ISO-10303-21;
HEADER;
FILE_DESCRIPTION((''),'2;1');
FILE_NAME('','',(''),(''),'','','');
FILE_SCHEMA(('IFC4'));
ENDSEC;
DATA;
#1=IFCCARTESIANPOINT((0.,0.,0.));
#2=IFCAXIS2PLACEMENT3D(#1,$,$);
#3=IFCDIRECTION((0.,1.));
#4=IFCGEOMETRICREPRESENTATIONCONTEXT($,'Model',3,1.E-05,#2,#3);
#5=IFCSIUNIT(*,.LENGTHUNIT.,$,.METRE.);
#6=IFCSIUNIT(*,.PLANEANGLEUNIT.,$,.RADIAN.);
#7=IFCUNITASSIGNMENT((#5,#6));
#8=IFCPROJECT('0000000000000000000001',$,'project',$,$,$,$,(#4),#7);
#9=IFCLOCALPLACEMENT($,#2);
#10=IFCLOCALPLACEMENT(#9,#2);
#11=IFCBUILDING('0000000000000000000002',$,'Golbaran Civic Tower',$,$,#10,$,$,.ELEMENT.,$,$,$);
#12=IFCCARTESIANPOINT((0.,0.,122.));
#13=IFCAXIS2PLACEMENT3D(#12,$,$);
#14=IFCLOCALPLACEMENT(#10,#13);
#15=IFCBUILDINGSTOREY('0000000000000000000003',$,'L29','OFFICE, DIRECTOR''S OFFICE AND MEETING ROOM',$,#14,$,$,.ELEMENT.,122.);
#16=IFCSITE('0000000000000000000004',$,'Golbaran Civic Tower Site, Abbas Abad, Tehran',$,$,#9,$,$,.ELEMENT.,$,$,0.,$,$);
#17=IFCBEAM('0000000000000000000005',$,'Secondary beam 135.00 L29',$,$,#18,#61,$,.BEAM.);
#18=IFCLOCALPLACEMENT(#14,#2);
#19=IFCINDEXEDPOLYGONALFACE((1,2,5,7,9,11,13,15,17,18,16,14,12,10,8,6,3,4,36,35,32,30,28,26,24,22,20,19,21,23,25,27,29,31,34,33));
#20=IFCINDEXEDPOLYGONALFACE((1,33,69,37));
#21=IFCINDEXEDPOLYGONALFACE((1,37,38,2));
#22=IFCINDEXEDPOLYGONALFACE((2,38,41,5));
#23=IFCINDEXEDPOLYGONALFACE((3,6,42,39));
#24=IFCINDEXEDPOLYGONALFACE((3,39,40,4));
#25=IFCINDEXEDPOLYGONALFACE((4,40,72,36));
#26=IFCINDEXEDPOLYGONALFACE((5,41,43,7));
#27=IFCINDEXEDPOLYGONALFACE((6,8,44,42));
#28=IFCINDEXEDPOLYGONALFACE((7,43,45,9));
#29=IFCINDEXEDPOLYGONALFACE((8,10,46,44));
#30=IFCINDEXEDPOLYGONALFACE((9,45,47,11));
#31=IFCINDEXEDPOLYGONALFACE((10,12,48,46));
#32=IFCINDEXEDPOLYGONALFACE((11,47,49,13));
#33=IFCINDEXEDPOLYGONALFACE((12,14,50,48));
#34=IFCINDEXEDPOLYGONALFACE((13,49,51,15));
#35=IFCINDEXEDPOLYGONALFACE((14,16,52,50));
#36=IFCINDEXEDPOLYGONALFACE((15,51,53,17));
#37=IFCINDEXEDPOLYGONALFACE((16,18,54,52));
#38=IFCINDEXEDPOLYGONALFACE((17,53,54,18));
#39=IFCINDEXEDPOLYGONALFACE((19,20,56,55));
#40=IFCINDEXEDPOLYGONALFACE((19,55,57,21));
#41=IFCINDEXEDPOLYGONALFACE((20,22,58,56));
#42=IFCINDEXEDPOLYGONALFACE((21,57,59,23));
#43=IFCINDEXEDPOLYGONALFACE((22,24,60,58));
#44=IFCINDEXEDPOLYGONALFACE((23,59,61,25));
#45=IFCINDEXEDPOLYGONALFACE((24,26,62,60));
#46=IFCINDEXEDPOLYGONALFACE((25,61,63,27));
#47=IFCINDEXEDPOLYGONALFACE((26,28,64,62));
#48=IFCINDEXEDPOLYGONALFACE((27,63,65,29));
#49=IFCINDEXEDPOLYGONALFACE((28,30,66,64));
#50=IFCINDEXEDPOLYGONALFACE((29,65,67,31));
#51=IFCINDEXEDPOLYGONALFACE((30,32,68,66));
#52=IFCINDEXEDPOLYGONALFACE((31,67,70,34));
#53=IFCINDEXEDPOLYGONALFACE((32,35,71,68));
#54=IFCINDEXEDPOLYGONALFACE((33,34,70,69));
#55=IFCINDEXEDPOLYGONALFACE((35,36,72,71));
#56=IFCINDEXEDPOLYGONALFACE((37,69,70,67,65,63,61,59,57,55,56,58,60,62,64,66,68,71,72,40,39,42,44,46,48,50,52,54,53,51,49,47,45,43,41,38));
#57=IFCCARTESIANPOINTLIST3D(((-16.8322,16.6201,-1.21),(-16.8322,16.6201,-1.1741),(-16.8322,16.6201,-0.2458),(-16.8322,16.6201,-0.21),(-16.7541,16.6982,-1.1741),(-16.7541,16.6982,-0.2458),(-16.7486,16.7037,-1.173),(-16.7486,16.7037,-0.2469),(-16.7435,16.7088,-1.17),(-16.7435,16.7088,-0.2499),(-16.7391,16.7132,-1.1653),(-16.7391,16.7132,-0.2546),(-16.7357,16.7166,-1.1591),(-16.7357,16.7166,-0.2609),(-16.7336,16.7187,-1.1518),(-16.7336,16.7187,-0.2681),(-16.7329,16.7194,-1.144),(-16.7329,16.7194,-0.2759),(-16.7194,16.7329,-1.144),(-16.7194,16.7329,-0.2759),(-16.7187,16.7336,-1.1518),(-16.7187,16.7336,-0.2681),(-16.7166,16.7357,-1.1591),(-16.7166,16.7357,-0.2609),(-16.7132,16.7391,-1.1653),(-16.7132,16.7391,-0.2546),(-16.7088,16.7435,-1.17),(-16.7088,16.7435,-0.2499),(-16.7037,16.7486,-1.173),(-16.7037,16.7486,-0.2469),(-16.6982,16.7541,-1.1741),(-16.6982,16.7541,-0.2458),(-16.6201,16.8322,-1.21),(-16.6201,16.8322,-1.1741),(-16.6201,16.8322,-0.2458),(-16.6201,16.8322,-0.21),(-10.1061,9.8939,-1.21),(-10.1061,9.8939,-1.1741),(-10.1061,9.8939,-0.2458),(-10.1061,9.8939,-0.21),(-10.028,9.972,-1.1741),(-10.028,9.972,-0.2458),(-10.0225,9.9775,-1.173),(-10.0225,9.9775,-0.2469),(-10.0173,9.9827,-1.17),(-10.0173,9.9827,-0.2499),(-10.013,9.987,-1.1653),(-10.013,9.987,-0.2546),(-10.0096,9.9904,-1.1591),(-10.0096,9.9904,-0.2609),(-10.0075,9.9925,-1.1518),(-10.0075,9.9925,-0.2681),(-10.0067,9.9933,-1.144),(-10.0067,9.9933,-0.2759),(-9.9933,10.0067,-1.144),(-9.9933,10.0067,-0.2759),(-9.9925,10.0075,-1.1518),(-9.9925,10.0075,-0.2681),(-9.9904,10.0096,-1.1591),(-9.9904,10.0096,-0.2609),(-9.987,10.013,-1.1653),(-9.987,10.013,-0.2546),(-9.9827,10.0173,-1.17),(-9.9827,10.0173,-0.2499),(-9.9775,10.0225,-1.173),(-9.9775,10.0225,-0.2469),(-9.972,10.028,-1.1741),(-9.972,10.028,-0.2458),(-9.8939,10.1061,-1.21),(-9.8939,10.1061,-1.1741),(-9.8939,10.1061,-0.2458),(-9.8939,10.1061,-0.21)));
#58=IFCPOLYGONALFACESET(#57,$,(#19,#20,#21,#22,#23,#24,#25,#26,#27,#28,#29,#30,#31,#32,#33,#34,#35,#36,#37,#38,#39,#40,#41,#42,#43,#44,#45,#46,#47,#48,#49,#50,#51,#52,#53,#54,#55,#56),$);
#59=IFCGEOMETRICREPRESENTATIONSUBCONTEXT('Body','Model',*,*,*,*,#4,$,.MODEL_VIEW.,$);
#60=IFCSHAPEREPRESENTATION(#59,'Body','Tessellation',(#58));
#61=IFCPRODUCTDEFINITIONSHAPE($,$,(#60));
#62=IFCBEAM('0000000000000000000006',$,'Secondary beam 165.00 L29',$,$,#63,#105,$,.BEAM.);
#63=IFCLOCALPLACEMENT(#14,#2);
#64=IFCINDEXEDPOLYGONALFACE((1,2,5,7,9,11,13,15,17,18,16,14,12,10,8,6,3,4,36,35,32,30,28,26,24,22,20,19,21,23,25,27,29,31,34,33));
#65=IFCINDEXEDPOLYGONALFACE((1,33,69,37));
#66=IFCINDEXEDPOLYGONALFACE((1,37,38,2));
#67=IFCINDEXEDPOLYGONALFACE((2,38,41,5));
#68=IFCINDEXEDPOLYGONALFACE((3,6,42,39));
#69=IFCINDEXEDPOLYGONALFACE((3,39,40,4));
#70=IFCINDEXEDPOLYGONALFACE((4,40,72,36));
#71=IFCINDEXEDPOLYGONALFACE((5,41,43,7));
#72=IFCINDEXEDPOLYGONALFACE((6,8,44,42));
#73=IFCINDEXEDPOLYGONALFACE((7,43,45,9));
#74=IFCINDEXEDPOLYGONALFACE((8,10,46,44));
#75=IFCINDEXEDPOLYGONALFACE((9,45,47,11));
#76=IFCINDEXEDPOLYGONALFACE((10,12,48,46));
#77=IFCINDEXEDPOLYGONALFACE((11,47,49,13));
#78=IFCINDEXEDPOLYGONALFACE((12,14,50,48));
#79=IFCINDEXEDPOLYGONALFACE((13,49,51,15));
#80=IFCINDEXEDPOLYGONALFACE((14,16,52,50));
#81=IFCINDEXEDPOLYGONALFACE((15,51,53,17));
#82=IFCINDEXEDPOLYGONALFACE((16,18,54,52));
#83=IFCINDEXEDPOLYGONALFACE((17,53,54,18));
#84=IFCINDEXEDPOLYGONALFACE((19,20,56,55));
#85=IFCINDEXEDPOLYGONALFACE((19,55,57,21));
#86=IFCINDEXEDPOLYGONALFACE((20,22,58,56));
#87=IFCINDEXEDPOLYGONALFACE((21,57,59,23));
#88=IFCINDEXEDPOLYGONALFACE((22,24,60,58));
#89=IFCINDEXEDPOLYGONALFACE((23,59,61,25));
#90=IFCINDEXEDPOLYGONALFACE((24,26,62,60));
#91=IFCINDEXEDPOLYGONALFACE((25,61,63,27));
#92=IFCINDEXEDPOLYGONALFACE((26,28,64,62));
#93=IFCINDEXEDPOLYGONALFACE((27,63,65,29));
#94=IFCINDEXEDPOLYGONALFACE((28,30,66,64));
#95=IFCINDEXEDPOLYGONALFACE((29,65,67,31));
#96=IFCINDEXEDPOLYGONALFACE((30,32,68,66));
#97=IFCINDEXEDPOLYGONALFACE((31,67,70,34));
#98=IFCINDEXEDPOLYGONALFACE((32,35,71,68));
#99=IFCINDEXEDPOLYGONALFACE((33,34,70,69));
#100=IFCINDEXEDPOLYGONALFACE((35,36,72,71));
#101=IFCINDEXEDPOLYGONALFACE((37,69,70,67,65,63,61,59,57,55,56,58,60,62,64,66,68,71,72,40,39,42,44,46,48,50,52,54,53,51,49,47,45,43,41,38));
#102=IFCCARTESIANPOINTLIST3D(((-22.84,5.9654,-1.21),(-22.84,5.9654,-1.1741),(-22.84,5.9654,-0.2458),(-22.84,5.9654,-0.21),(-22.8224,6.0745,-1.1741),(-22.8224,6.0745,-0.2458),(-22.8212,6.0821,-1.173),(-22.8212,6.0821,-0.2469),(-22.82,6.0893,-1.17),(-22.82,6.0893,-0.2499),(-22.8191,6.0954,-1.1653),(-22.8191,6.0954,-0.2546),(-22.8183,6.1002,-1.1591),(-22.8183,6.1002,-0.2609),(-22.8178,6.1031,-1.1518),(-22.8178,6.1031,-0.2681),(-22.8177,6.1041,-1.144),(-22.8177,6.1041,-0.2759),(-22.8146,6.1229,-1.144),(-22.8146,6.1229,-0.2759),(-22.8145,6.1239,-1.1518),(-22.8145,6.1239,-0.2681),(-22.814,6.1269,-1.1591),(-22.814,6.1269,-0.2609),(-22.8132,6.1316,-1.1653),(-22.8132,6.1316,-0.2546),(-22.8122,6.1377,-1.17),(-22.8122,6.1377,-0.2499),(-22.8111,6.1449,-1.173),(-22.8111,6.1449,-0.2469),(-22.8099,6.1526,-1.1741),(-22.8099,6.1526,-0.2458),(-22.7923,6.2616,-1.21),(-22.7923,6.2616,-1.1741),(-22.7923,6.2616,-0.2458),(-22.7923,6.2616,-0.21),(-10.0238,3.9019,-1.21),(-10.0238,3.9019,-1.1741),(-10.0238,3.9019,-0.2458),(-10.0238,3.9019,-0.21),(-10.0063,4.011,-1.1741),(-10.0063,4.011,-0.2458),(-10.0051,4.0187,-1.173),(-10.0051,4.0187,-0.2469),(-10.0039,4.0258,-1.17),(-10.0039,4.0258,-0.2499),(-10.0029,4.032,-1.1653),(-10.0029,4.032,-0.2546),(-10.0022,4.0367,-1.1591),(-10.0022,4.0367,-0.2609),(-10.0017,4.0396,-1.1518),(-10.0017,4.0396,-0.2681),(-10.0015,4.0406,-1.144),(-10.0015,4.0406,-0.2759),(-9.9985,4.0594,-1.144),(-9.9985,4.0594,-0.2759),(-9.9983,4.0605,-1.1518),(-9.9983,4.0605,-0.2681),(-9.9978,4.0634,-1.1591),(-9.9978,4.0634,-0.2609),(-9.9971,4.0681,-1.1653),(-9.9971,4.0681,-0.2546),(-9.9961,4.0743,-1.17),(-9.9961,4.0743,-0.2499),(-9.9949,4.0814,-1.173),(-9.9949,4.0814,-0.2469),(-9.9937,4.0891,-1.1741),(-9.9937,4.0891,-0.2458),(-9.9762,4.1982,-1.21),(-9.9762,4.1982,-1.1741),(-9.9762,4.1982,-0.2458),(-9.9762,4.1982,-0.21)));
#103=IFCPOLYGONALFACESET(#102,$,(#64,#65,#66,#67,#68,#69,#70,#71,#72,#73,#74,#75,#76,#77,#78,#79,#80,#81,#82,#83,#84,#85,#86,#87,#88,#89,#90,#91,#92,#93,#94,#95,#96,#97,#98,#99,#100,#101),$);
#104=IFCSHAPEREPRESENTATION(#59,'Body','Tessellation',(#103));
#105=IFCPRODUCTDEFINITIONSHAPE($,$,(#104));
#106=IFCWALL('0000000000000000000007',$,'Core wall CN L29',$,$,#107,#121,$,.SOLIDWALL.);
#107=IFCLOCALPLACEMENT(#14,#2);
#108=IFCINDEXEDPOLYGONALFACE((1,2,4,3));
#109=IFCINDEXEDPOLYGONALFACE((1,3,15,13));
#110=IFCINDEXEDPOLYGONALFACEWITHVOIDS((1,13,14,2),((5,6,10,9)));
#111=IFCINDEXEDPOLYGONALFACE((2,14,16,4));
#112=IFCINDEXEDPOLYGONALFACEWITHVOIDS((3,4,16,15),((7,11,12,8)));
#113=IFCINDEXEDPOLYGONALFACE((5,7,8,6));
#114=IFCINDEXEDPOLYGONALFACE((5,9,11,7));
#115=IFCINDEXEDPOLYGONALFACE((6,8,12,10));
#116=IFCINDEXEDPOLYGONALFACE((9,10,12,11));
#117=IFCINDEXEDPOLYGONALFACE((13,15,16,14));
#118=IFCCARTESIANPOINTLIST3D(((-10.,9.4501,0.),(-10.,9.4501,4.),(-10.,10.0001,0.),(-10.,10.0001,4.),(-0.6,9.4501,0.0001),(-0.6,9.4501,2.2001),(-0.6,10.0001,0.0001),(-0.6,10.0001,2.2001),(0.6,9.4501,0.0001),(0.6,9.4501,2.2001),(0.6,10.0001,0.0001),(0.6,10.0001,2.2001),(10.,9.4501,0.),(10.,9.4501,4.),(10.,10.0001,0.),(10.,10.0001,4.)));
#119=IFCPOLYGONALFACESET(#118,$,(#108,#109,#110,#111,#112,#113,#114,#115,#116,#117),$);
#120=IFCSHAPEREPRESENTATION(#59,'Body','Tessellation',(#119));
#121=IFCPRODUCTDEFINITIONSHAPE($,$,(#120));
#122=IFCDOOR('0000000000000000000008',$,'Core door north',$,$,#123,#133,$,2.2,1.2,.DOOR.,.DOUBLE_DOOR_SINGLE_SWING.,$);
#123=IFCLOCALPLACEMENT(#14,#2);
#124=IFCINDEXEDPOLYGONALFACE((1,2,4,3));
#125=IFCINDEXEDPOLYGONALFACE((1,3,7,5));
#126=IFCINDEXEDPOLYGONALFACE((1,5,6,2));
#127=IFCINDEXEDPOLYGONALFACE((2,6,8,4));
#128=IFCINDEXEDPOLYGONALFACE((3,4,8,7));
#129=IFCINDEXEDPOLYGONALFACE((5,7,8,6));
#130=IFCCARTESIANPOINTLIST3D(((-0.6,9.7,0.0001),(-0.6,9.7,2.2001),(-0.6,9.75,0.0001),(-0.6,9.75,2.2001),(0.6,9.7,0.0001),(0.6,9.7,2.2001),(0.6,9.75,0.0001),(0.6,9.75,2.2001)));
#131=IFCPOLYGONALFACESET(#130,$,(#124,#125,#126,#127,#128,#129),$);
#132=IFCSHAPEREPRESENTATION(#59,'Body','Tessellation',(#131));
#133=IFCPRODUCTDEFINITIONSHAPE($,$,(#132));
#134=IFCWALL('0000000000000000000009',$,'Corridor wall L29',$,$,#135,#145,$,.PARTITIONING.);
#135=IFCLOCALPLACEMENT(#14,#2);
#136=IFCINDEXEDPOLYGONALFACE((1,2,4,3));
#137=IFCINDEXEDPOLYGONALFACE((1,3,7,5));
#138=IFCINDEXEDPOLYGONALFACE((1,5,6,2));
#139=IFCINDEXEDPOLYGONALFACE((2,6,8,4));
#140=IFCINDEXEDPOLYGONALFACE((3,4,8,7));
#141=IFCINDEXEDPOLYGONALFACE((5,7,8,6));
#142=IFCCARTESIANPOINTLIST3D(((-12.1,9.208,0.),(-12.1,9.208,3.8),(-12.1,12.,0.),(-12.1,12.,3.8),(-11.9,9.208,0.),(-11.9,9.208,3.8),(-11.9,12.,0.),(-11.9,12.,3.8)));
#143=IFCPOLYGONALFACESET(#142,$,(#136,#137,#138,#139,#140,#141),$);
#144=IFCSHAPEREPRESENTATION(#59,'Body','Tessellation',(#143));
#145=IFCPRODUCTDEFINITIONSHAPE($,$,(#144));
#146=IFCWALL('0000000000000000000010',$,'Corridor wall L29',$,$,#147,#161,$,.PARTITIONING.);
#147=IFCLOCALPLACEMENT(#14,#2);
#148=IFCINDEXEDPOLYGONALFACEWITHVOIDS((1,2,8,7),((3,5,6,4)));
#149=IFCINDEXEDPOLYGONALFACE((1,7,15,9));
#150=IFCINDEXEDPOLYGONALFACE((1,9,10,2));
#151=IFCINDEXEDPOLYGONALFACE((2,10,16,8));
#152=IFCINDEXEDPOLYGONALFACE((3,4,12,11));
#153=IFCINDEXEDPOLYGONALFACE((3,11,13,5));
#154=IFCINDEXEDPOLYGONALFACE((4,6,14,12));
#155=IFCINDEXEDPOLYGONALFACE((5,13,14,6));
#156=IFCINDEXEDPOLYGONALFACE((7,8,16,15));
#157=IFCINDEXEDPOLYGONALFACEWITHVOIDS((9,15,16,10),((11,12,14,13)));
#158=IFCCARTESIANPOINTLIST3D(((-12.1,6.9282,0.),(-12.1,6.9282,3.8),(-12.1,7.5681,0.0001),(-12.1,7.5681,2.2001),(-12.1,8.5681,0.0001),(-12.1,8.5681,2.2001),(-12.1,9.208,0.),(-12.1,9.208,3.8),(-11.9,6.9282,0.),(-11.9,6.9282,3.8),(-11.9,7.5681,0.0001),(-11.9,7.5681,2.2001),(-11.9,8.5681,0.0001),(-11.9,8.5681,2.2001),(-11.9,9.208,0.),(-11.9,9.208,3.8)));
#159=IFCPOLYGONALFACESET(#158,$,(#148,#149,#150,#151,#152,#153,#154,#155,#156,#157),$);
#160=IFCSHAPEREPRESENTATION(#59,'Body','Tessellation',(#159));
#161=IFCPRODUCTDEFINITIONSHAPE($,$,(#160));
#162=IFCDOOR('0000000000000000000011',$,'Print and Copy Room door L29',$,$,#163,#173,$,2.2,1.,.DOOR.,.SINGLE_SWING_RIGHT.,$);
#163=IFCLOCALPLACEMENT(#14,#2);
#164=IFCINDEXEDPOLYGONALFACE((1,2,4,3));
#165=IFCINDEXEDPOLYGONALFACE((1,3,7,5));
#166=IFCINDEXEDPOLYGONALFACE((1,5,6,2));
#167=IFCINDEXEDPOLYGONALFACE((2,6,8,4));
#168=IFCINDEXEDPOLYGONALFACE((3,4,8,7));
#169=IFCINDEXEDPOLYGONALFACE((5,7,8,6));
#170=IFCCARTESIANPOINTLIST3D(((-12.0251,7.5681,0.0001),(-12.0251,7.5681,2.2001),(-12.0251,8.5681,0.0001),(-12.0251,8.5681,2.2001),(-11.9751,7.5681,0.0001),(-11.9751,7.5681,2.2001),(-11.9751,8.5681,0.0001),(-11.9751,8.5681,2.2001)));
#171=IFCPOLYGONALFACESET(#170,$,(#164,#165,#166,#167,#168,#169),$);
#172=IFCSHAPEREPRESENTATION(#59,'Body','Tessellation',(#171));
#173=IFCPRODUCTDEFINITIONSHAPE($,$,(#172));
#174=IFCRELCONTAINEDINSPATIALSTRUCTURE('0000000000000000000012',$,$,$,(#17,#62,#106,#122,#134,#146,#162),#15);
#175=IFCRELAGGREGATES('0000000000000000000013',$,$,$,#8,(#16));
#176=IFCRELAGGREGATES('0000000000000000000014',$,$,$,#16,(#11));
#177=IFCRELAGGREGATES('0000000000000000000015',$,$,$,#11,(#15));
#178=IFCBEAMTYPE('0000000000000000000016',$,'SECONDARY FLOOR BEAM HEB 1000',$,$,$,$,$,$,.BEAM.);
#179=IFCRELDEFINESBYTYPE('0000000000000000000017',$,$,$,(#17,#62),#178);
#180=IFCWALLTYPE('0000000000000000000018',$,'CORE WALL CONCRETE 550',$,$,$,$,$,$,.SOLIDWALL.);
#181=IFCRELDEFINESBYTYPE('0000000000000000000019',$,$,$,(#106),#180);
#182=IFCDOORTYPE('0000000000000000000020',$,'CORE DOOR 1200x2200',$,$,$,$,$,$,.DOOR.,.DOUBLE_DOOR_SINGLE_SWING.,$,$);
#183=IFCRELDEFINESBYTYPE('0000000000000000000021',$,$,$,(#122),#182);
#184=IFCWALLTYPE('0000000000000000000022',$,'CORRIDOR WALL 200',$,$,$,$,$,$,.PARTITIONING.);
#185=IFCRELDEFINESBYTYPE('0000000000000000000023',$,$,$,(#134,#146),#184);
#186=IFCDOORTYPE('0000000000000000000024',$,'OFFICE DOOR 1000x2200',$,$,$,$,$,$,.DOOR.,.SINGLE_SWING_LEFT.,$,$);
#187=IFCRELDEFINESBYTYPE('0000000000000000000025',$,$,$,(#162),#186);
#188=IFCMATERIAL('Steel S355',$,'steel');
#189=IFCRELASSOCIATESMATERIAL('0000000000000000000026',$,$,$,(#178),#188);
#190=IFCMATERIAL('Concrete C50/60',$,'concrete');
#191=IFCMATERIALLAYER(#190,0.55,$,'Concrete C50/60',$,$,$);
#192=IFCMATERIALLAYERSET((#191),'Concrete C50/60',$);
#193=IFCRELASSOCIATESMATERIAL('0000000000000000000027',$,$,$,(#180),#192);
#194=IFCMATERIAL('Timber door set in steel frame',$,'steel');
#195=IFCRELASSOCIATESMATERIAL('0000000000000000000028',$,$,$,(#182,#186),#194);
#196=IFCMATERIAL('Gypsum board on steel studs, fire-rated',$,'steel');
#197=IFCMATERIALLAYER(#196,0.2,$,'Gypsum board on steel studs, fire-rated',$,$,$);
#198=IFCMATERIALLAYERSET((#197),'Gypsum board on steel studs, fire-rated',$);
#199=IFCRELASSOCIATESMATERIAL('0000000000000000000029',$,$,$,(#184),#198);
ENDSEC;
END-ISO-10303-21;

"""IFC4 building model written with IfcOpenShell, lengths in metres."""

from ifc_helpers import new_model, si_unit, direction, frame, frame_2d, origin, origin_2d, place, context, subcontext, project, spatial, rectangle, i_section, extrude, material, layer, layer_set, material_profile, profile_set, type_object, element, fill, save


model = new_model("IFC4")

# Units and contexts
model_context = context("Model", 3, precision=1e-05, world=origin(), true_north=direction((0.0, 1.0)))
body_context = subcontext(model_context, "Body", "Model", "MODEL_VIEW")
ifc_project = project(units=[si_unit("LENGTHUNIT", "METRE"), si_unit("PLANEANGLEUNIT", "RADIAN")], contexts=[model_context])

# Site, building, storey
site_placement = place(None, origin())
site = spatial("IfcSite", under=ifc_project, at=site_placement, Name="Golbaran Civic Tower Site, Abbas Abad, Tehran", CompositionType="ELEMENT", RefElevation=0.0)
building_placement = place(site_placement, origin())
building = spatial("IfcBuilding", under=site, at=building_placement, Name="Golbaran Civic Tower", CompositionType="ELEMENT")
storey_placement = place(building_placement, frame((0.0, 0.0, 122.0)))
storey = spatial("IfcBuildingStorey", under=building, at=storey_placement, Name="L29", Description="OFFICE, DIRECTOR'S OFFICE AND MEETING ROOM", CompositionType="ELEMENT", Elevation=122.0)

# Beams
ifc_material_1 = material(Name="Steel S355", Category="steel")
ifc_material_profile_1 = material_profile(ifc_material_1, i_section(OverallWidth=0.3, OverallDepth=1.0, WebThickness=0.019, FlangeThickness=0.0359, FilletRadius=0.03, at=origin_2d()), Name="HEB 1000")
ifc_profile_set_1 = profile_set([ifc_material_profile_1], Name="Steel S355")
beam_type_1 = type_object("IfcBeamType", Name="SECONDARY FLOOR BEAM HEB 1000", PredefinedType="BEAM", material=ifc_profile_set_1)
beam_1_placement = place(storey_placement, frame((-10.0, 10.0, -0.71), z_axis=(-0.707107, 0.707107, 0.0), x_axis=(-0.707107, -0.707107, 0.0)))
element("IfcBeam", 1, at=beam_1_placement, inside=storey, type_object=beam_type_1, Name="Secondary beam 135.00 L29", PredefinedType="BEAM", context=body_context, shape_type="SweptSolid", body=[
    extrude(i_section(OverallWidth=0.3, OverallDepth=1.0, WebThickness=0.019, FlangeThickness=0.0359, FilletRadius=0.03, at=origin_2d()), origin(), (0.0, 0.0, 1.0), 9.5122),
])
beam_2_placement = place(storey_placement, frame((-10.0, 4.05, -0.71), z_axis=(-0.987285, 0.158959, 0.0), x_axis=(-0.158959, -0.987285, 0.0)))
element("IfcBeam", 2, at=beam_2_placement, inside=storey, type_object=beam_type_1, Name="Secondary beam 165.00 L29", PredefinedType="BEAM", context=body_context, shape_type="SweptSolid", body=[
    extrude(i_section(OverallWidth=0.3, OverallDepth=1.0, WebThickness=0.019, FlangeThickness=0.0359, FilletRadius=0.03, at=origin_2d()), origin(), (0.0, 0.0, 1.0), 12.9812),
])

# Wall, opening, door
ifc_material_2 = material(Name="Concrete C50/60", Category="concrete")
ifc_layer_1 = layer(ifc_material_2, 0.55, Name="Concrete C50/60")
ifc_layer_set_1 = layer_set([ifc_layer_1], Name="Concrete C50/60")
wall_type_1 = type_object("IfcWallType", Name="CORE WALL CONCRETE 550", PredefinedType="SOLIDWALL", material=ifc_layer_set_1)
wall_1_placement = place(storey_placement, frame((-10.0, 9.7251, 0.0), z_axis=(0.0, 0.0, 1.0), x_axis=(1.0, 0.0, 0.0)))
wall_1 = element("IfcWall", 3, at=wall_1_placement, inside=storey, type_object=wall_type_1, Name="Core wall CN L29", PredefinedType="SOLIDWALL", context=body_context, shape_type="SweptSolid", body=[
    extrude(rectangle(XDim=20.0, YDim=0.55, at=frame_2d((10.0, 0.0))), origin(), (0.0, 0.0, 1.0), 4.0),
])
opening_1_placement = place(wall_1_placement, frame((9.3999, 0.0, 0.0)))
opening_1 = element("IfcOpeningElement", 4, at=opening_1_placement, cuts=wall_1, PredefinedType="OPENING", context=body_context, shape_type="SweptSolid", body=[
    extrude(rectangle(XDim=1.2, YDim=2.2, at=frame_2d((0.6001, 1.1001))), frame((0.0, 0.2849, 0.0), z_axis=(0.0, -1.0, 0.0), x_axis=(1.0, 0.0, 0.0)), (0.0, 0.0, 1.0), 0.5701),
])
ifc_material_3 = material(Name="Timber door set in steel frame", Category="steel")
door_type_1 = type_object("IfcDoorType", Name="CORE DOOR 1200x2200", OperationType="DOUBLE_DOOR_SINGLE_SWING", PredefinedType="DOOR", material=ifc_material_3)
door_1_placement = place(opening_1_placement, origin())
door_1 = element("IfcDoor", 5, at=door_1_placement, inside=storey, type_object=door_type_1, Name="Core door north", OperationType="DOUBLE_DOOR_SINGLE_SWING", OverallHeight=2.2, OverallWidth=1.2, PredefinedType="DOOR", context=body_context, shape_type="SweptSolid", body=[
    extrude(rectangle(XDim=1.2, YDim=2.2, at=frame_2d((0.6001, 1.1001))), frame((0.0, 0.0249, 0.0), z_axis=(0.0, -1.0, 0.0), x_axis=(1.0, 0.0, 0.0)), (0.0, 0.0, 1.0), 0.05),
])
fill(opening_1, door_1)

# Wall
ifc_material_4 = material(Name="Gypsum board on steel studs, fire-rated", Category="steel")
ifc_layer_2 = layer(ifc_material_4, 0.2, Name="Gypsum board on steel studs, fire-rated")
ifc_layer_set_2 = layer_set([ifc_layer_2], Name="Gypsum board on steel studs, fire-rated")
wall_type_2 = type_object("IfcWallType", Name="CORRIDOR WALL 200", PredefinedType="PARTITIONING", material=ifc_layer_set_2)
wall_2_placement = place(storey_placement, frame((-12.0, 12.0, 0.0), z_axis=(0.0, 0.0, 1.0), x_axis=(0.0, -1.0, 0.0)))
element("IfcWall", 6, at=wall_2_placement, inside=storey, type_object=wall_type_2, Name="Corridor wall L29", PredefinedType="PARTITIONING", context=body_context, shape_type="SweptSolid", body=[
    extrude(rectangle(XDim=2.792, YDim=0.2, at=frame_2d((1.396, 0.0))), origin(), (0.0, 0.0, 1.0), 3.8),
])

# Wall, opening, door
wall_3_placement = place(storey_placement, frame((-12.0, 9.208, 0.0), z_axis=(0.0, 0.0, 1.0), x_axis=(0.0, -1.0, 0.0)))
wall_3 = element("IfcWall", 7, at=wall_3_placement, inside=storey, type_object=wall_type_2, Name="Corridor wall L29", PredefinedType="PARTITIONING", context=body_context, shape_type="SweptSolid", body=[
    extrude(rectangle(XDim=2.2798, YDim=0.2, at=frame_2d((1.1399, 0.0))), origin(), (0.0, 0.0, 1.0), 3.8),
])
opening_2_placement = place(wall_3_placement, frame((0.6399, 0.0, 0.0)))
opening_2 = element("IfcOpeningElement", 8, at=opening_2_placement, cuts=wall_3, PredefinedType="OPENING", context=body_context, shape_type="SweptSolid", body=[
    extrude(rectangle(XDim=1.0, YDim=2.2, at=frame_2d((0.5, 1.1001))), frame((0.0, 0.1099, 0.0), z_axis=(0.0, -1.0, 0.0), x_axis=(1.0, 0.0, 0.0)), (0.0, 0.0, 1.0), 0.22),
])
door_type_2 = type_object("IfcDoorType", Name="OFFICE DOOR 1000x2200", OperationType="SINGLE_SWING_LEFT", PredefinedType="DOOR", material=ifc_material_3)
door_2_placement = place(opening_2_placement, origin())
door_2 = element("IfcDoor", 9, at=door_2_placement, inside=storey, type_object=door_type_2, Name="Print and Copy Room door L29", OperationType="SINGLE_SWING_RIGHT", OverallHeight=2.2, OverallWidth=1.0, PredefinedType="DOOR", context=body_context, shape_type="SweptSolid", body=[
    extrude(rectangle(XDim=1.0, YDim=2.2, at=frame_2d((0.5, 1.1001))), frame((0.0, 0.0249, 0.0), z_axis=(0.0, -1.0, 0.0), x_axis=(1.0, 0.0, 0.0)), (0.0, 0.0, 1.0), 0.05),
])
fill(opening_2, door_2)

save(model, "model.ifc")
